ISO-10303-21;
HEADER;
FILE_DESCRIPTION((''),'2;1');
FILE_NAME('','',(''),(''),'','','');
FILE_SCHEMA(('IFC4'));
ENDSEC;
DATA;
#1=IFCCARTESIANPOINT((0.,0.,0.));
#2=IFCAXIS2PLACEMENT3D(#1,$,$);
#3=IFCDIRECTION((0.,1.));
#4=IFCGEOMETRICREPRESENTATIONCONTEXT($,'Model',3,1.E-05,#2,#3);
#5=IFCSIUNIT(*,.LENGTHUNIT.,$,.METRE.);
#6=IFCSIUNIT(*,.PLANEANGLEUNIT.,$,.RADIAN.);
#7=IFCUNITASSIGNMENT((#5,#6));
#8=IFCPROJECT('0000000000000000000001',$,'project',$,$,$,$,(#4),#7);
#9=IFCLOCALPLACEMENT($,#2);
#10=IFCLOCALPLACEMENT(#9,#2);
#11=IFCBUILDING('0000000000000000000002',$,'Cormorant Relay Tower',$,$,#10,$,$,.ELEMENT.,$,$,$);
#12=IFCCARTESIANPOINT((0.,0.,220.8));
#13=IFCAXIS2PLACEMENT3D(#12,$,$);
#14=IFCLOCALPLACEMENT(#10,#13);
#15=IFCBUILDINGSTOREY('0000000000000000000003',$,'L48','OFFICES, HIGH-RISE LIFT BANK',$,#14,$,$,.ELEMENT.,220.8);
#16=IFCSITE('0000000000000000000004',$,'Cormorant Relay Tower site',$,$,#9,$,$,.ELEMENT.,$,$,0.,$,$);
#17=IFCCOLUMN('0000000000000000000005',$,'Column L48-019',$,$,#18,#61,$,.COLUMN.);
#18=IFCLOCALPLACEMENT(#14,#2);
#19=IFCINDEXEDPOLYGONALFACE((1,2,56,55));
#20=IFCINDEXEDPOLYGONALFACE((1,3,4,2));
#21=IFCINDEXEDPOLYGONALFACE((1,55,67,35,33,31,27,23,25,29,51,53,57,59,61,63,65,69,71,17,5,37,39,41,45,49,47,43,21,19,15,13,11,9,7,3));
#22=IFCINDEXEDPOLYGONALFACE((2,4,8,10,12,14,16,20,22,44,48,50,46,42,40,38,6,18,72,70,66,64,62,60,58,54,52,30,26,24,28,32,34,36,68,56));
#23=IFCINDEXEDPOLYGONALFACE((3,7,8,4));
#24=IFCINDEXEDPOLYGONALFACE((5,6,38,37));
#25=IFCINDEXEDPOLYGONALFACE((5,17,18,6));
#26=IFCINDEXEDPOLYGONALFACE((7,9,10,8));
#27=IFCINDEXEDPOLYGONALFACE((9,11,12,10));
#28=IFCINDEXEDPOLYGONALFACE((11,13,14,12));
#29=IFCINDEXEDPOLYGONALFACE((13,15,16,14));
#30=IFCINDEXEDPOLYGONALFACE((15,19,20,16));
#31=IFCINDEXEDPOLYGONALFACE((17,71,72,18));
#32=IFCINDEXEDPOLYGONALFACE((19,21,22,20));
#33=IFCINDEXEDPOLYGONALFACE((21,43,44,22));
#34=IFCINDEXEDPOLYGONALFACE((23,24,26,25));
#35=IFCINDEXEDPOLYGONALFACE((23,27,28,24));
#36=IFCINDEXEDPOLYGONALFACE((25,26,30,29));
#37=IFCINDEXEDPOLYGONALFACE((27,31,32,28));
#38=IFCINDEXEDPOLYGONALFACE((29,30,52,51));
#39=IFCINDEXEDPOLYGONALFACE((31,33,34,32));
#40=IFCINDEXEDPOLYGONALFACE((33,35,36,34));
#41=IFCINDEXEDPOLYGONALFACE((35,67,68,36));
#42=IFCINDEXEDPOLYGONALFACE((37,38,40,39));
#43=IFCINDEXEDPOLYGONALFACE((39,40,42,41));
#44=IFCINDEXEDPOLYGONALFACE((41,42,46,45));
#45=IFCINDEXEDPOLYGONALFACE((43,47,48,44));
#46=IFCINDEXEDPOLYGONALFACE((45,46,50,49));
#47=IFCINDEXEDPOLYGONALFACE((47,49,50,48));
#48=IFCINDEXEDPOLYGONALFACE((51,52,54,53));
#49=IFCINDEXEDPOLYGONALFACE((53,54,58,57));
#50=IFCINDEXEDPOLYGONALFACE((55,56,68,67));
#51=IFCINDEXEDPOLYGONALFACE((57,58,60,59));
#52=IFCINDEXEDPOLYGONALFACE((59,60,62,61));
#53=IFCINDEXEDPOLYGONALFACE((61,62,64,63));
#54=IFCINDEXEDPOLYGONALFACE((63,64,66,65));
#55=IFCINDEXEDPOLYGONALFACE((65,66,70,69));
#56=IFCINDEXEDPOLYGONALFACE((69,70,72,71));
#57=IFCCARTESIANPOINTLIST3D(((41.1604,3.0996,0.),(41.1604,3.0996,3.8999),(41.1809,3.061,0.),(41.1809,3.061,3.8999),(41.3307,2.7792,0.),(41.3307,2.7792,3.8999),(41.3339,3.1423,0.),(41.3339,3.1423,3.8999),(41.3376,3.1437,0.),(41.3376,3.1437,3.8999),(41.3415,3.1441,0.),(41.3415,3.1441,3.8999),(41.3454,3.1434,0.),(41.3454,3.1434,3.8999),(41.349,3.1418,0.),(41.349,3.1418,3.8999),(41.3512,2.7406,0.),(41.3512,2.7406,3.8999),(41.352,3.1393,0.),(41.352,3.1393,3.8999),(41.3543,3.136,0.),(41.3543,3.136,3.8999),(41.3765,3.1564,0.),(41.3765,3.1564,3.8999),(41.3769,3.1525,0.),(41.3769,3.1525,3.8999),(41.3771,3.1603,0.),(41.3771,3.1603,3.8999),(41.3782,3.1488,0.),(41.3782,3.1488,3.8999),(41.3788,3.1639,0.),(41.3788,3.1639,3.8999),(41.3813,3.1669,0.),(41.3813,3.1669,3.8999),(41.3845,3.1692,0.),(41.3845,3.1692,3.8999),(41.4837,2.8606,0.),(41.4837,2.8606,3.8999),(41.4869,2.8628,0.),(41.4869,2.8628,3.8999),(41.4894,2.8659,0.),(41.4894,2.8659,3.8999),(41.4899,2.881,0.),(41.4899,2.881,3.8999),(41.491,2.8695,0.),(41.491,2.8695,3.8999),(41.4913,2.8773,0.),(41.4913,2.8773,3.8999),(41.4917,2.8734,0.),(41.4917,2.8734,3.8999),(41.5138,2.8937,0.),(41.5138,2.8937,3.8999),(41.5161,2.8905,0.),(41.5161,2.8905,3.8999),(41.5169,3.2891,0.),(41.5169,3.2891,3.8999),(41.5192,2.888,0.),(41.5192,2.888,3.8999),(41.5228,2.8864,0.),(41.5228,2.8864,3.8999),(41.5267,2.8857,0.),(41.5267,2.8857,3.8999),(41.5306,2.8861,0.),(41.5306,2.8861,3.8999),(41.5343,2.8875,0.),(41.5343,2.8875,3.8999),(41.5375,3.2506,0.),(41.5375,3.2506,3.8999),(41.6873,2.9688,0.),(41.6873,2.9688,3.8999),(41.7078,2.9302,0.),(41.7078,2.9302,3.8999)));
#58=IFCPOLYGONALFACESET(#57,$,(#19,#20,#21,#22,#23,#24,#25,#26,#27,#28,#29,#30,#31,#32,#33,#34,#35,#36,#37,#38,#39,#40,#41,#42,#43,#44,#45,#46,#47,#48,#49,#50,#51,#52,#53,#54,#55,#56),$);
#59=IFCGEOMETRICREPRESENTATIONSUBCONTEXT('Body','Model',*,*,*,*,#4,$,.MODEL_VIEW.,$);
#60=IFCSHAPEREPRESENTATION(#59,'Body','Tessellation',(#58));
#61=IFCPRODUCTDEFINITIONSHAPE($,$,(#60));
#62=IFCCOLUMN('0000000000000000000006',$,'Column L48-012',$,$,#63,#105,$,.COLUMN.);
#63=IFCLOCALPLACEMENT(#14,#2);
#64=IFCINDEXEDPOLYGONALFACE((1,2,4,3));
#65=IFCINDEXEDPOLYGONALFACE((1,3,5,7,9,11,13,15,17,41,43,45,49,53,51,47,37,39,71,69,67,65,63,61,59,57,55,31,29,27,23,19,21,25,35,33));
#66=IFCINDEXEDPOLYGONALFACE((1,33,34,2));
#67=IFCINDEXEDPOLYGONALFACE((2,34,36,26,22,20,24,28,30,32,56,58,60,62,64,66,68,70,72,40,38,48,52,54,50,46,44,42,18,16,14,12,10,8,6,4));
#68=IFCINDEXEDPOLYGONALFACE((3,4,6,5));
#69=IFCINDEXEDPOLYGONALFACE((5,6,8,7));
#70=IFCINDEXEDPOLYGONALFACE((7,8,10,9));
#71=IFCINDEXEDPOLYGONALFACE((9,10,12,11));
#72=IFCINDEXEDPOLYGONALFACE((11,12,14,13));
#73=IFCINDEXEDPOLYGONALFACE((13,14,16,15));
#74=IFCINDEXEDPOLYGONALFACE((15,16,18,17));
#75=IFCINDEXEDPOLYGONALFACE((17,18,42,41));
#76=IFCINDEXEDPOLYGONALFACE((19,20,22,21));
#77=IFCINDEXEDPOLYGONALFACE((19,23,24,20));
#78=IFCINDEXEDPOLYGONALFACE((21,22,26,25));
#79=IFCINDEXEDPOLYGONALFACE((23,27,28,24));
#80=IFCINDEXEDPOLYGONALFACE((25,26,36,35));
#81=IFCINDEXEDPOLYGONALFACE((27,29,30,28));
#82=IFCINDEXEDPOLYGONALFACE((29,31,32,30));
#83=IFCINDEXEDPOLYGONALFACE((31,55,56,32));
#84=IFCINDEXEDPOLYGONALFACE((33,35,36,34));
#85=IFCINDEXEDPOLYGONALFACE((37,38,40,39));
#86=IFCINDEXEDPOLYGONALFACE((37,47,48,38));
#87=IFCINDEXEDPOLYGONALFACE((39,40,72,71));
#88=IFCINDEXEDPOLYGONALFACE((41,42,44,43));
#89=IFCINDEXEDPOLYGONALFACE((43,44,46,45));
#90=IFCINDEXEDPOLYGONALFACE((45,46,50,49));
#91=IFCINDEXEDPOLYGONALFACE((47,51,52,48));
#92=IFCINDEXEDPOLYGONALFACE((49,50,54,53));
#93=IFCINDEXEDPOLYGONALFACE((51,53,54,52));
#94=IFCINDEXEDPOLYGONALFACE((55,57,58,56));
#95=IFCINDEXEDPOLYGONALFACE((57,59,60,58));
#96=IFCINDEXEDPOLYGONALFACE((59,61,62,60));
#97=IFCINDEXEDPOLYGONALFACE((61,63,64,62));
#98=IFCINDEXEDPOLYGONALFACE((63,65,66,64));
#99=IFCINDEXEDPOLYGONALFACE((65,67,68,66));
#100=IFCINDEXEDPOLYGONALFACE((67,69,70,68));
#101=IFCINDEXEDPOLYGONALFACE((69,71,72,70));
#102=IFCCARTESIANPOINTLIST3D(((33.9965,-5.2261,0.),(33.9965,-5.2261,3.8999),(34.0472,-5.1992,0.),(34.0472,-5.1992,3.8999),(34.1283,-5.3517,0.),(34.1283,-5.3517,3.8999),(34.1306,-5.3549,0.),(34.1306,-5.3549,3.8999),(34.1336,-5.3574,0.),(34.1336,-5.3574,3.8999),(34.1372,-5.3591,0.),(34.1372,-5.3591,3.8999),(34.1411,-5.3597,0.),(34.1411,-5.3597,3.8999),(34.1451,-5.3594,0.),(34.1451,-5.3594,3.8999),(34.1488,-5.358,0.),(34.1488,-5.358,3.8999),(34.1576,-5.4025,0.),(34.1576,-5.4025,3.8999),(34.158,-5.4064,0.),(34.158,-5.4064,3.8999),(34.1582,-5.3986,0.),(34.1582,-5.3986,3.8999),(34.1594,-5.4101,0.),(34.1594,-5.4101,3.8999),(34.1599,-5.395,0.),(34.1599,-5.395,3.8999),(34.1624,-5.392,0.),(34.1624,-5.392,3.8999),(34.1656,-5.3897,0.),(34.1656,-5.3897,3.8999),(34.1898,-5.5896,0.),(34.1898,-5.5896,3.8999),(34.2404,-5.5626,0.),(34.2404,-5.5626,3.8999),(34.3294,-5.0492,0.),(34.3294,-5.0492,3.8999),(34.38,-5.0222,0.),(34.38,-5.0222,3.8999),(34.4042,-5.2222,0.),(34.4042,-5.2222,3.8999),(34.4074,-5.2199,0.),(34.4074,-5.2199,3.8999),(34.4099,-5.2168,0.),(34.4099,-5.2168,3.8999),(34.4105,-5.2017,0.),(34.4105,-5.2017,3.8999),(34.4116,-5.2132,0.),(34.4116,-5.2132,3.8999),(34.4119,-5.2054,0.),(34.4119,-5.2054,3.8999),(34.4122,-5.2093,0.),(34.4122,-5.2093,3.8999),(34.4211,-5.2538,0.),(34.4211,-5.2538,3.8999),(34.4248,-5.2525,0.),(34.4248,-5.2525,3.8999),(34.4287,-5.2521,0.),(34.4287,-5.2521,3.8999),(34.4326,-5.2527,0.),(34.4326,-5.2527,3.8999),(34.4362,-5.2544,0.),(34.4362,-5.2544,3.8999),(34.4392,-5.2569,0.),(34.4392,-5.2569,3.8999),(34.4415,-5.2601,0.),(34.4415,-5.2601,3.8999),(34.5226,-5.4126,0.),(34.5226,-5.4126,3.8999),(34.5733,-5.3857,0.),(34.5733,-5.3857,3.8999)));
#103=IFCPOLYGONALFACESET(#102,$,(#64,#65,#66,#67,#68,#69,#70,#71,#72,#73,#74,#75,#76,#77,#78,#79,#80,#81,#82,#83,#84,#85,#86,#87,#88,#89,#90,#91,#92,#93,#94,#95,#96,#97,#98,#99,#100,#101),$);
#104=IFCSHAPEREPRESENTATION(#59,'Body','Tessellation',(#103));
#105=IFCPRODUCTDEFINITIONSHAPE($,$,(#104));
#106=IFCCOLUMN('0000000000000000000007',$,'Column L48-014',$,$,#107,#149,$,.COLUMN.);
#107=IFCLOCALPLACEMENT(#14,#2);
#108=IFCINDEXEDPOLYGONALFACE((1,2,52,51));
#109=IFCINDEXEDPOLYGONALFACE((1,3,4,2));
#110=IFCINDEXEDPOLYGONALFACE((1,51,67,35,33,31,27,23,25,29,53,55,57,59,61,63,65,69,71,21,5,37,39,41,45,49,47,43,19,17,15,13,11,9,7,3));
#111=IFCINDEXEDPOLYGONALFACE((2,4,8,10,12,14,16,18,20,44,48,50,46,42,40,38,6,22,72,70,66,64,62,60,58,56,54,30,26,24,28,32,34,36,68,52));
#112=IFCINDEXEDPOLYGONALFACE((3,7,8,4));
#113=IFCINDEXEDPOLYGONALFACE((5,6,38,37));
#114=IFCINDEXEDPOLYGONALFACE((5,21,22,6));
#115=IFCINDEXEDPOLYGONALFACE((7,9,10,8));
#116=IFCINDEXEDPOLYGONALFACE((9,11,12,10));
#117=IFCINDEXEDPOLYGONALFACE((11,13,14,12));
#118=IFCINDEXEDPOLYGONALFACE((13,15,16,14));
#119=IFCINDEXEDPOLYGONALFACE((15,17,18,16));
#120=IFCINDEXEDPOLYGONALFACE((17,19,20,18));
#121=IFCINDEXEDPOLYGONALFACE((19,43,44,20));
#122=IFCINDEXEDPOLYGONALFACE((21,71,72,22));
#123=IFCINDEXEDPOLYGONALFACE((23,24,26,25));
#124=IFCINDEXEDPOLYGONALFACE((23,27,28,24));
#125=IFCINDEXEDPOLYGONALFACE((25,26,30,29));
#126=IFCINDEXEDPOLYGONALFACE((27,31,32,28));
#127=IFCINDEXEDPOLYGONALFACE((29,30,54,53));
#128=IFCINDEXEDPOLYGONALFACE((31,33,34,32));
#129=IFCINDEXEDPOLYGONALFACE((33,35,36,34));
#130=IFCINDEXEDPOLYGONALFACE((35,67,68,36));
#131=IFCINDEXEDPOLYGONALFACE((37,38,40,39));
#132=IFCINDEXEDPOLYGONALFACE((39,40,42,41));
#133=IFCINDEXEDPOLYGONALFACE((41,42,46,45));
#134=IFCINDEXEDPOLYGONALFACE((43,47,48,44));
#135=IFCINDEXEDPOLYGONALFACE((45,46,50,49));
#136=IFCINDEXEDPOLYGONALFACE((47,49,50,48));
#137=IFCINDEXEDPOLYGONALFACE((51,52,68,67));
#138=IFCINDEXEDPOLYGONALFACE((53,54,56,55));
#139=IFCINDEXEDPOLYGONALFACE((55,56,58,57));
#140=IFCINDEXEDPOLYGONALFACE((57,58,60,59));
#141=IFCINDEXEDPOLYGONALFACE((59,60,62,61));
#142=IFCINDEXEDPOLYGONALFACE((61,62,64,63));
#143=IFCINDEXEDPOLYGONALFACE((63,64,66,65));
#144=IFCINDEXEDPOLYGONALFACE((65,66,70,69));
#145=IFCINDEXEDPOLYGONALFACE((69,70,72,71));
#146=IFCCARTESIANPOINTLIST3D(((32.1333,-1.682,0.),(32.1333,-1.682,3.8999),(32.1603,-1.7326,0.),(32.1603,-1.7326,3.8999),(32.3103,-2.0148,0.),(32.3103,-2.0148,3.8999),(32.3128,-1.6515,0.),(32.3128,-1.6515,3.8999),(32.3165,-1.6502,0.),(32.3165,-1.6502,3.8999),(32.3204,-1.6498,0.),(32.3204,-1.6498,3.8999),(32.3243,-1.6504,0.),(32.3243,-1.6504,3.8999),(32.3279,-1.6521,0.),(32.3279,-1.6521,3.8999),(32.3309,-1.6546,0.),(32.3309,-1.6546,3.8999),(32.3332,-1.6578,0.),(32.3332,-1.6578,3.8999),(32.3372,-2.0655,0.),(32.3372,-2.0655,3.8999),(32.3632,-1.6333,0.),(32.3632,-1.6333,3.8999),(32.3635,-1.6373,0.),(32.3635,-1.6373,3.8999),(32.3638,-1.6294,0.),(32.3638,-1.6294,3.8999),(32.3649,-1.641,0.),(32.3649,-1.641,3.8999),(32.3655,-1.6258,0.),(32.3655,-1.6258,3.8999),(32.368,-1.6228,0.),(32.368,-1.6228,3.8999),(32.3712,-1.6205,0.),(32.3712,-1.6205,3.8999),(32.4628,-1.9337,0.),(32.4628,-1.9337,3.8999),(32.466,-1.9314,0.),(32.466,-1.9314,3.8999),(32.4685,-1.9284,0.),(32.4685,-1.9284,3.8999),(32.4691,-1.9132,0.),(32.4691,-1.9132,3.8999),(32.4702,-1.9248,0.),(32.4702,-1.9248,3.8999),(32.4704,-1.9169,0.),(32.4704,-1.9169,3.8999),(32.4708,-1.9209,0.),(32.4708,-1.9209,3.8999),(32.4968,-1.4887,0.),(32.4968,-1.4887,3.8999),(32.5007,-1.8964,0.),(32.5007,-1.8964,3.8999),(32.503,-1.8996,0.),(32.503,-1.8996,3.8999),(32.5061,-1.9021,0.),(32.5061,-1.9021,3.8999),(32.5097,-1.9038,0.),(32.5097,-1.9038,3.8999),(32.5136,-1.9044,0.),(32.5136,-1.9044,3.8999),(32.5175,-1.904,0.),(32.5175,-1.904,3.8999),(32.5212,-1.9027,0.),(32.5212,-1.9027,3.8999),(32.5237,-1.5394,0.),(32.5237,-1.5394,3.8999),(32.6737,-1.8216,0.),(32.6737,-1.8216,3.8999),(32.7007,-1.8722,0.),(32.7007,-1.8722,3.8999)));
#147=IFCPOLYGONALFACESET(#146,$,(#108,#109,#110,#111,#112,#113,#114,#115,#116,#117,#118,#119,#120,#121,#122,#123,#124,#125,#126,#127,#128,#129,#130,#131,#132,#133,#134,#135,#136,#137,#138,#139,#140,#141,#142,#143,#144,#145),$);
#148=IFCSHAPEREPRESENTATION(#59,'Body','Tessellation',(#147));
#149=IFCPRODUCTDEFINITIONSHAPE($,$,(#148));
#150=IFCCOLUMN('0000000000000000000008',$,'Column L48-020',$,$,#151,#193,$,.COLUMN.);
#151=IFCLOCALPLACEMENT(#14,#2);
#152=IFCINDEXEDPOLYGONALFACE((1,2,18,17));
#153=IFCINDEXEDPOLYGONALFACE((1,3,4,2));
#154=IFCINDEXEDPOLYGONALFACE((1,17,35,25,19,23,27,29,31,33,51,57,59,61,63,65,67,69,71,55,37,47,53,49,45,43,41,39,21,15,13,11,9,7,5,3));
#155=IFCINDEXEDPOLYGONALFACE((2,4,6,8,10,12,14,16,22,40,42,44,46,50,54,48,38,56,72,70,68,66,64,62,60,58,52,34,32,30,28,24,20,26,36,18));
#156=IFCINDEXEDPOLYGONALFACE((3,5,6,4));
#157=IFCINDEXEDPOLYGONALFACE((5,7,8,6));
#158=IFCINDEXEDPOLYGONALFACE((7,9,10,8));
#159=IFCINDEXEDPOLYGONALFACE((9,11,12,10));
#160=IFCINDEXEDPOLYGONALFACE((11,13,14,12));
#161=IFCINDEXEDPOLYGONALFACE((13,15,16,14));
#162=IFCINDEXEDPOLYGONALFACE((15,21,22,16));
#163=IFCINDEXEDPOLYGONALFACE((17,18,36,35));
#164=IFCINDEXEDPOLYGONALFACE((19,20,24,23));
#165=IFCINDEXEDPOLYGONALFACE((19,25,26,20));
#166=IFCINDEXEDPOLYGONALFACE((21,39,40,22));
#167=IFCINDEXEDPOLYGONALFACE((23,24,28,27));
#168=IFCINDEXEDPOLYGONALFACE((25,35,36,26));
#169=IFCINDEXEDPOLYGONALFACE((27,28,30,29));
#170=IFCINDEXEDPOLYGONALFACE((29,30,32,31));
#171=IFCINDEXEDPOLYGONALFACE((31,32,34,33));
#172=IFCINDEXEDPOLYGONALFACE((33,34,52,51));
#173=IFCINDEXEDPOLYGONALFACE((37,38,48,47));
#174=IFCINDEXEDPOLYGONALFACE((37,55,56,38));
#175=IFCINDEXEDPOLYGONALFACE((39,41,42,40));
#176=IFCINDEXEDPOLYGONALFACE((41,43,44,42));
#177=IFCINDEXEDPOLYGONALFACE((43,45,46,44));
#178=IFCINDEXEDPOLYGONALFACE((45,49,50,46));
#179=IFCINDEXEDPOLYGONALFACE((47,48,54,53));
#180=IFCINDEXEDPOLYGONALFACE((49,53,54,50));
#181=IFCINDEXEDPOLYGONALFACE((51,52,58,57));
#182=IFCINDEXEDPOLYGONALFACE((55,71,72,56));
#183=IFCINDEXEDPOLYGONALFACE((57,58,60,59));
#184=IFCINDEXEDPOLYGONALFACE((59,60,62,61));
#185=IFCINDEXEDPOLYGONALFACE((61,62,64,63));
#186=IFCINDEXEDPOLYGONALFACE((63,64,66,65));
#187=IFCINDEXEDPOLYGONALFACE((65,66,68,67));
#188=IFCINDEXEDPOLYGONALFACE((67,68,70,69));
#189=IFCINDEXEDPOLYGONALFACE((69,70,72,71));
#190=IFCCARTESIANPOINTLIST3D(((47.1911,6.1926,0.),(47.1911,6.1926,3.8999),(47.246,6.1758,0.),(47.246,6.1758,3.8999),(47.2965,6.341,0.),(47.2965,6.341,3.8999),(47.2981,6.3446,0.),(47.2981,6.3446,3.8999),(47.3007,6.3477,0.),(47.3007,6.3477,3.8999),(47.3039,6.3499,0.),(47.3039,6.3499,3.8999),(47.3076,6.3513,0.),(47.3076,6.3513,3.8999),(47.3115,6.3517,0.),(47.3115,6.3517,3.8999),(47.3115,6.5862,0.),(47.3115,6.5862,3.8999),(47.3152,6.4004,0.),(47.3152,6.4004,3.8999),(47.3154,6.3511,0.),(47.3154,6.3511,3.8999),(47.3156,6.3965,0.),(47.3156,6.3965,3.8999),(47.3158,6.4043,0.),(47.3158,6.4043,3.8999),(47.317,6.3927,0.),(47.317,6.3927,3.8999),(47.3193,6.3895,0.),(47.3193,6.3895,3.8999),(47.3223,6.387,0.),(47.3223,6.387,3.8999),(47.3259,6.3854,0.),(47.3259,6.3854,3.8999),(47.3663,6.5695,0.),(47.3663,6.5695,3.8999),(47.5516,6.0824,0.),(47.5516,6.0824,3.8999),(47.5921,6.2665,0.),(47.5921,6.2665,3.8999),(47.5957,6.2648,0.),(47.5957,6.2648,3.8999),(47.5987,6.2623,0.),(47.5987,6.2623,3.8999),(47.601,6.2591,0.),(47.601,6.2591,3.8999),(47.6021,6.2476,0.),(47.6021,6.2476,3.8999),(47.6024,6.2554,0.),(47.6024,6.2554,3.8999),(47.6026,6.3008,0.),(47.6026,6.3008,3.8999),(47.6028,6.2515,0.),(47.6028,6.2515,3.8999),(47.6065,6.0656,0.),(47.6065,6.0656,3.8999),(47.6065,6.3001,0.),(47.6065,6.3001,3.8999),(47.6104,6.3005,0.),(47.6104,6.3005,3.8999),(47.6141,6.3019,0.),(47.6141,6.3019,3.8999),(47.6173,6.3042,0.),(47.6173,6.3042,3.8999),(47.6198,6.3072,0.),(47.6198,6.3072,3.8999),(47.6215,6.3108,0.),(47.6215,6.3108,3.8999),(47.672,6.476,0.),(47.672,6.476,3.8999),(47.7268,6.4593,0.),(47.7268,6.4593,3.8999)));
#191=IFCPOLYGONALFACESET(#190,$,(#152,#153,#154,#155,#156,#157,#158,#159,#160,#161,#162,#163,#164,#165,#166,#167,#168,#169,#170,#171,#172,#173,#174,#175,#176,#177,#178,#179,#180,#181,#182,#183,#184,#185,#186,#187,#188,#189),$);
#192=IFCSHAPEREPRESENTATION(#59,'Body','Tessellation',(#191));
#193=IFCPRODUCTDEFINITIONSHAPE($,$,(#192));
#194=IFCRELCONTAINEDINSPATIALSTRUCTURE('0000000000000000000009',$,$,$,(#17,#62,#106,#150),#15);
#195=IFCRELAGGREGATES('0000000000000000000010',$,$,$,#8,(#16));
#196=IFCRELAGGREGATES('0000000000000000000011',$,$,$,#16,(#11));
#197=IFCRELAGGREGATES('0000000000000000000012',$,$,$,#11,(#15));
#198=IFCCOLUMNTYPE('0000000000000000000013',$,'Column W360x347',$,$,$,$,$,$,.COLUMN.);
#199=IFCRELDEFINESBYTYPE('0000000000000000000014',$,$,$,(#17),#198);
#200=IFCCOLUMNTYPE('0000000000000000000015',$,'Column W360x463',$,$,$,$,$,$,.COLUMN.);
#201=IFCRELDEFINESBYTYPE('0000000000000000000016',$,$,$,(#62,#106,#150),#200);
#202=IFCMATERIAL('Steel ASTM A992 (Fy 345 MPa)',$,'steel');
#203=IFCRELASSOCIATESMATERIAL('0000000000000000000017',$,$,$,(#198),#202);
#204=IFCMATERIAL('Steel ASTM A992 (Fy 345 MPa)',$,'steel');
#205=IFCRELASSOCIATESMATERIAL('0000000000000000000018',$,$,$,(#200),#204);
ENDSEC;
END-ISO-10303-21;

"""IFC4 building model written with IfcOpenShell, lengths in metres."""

from ifc_helpers import new_model, si_unit, direction, frame, origin, origin_2d, place, context, subcontext, project, spatial, i_section, extrude, material, material_profile, profile_set, type_object, element, save


model = new_model("IFC4")

# Units and contexts
model_context = context("Model", 3, precision=1e-05, world=origin(), true_north=direction((0.0, 1.0)))
body_context = subcontext(model_context, "Body", "Model", "MODEL_VIEW")
ifc_project = project(units=[si_unit("LENGTHUNIT", "METRE"), si_unit("PLANEANGLEUNIT", "RADIAN")], contexts=[model_context])

# Site, building, storey
site_placement = place(None, origin())
site = spatial("IfcSite", under=ifc_project, at=site_placement, Name="Cormorant Relay Tower site", CompositionType="ELEMENT", RefElevation=0.0)
building_placement = place(site_placement, origin())
building = spatial("IfcBuilding", under=site, at=building_placement, Name="Cormorant Relay Tower", CompositionType="ELEMENT")
storey_placement = place(building_placement, frame((0.0, 0.0, 220.8)))
storey = spatial("IfcBuildingStorey", under=building, at=storey_placement, Name="L48", Description="OFFICES, HIGH-RISE LIFT BANK", CompositionType="ELEMENT", Elevation=220.8)

# Columns
ifc_material_1 = material(Name="Steel ASTM A992 (Fy 345 MPa)", Category="steel")
ifc_material_profile_1 = material_profile(ifc_material_1, i_section(OverallWidth=0.4038, OverallDepth=0.4065, WebThickness=0.0271, FlangeThickness=0.0437, FilletRadius=0.0151, at=origin_2d()), Name="W360x347")
ifc_profile_set_1 = profile_set([ifc_material_profile_1], Name="Steel ASTM A992 (Fy 345 MPa)")
column_type_1 = type_object("IfcColumnType", Name="Column W360x347", PredefinedType="COLUMN", material=ifc_profile_set_1)
column_placement = place(storey_placement, frame((41.4341, 3.0149, 0.0), z_axis=(0.0, 0.0, 1.0), x_axis=(0.882948, 0.469472, 0.0)))
element("IfcColumn", 1, at=column_placement, inside=storey, type_object=column_type_1, Name="Column L48-019", PredefinedType="COLUMN", context=body_context, shape_type="SweptSolid", body=[
    extrude(i_section(OverallWidth=0.4038, OverallDepth=0.4065, WebThickness=0.0271, FlangeThickness=0.0437, FilletRadius=0.0151, at=origin_2d()), origin(), (0.0, 0.0, 1.0), 3.8999),
])
ifc_material_2 = material(Name="Steel ASTM A992 (Fy 345 MPa)", Category="steel")
ifc_material_profile_2 = material_profile(ifc_material_2, i_section(OverallWidth=0.4116, OverallDepth=0.4343, WebThickness=0.0359, FlangeThickness=0.0574, FilletRadius=0.0151, at=origin_2d()), Name="W360x463")
ifc_profile_set_2 = profile_set([ifc_material_profile_2], Name="Steel ASTM A992 (Fy 345 MPa)")
column_type_2 = type_object("IfcColumnType", Name="Column W360x463", PredefinedType="COLUMN", material=ifc_profile_set_2)
for number, where, z_axis, x_axis, name in (
    (2, (34.2849, -5.3059, 0.0), (0.0, 0.0, 1.0), (-0.469472, 0.882948, 0.0), "Column L48-012"),
    (3, (32.417, -1.7771, 0.0), (0.0, 0.0, 1.0), (0.882948, 0.469472, 0.0), "Column L48-014"),
    (4, (47.459, 6.3259, 0.0), (0.0, 0.0, 1.0), (0.292372, 0.956305, 0.0), "Column L48-020"),
):
    element("IfcColumn", number, at=place(storey_placement, frame(where, z_axis=z_axis, x_axis=x_axis)), inside=storey, type_object=column_type_2, Name=name, PredefinedType="COLUMN", context=body_context, shape_type="SweptSolid", body=[
        extrude(i_section(OverallWidth=0.4116, OverallDepth=0.4343, WebThickness=0.0359, FlangeThickness=0.0574, FilletRadius=0.0151, at=origin_2d()), origin(), (0.0, 0.0, 1.0), 3.8999),
    ])

save(model, "model.ifc")
